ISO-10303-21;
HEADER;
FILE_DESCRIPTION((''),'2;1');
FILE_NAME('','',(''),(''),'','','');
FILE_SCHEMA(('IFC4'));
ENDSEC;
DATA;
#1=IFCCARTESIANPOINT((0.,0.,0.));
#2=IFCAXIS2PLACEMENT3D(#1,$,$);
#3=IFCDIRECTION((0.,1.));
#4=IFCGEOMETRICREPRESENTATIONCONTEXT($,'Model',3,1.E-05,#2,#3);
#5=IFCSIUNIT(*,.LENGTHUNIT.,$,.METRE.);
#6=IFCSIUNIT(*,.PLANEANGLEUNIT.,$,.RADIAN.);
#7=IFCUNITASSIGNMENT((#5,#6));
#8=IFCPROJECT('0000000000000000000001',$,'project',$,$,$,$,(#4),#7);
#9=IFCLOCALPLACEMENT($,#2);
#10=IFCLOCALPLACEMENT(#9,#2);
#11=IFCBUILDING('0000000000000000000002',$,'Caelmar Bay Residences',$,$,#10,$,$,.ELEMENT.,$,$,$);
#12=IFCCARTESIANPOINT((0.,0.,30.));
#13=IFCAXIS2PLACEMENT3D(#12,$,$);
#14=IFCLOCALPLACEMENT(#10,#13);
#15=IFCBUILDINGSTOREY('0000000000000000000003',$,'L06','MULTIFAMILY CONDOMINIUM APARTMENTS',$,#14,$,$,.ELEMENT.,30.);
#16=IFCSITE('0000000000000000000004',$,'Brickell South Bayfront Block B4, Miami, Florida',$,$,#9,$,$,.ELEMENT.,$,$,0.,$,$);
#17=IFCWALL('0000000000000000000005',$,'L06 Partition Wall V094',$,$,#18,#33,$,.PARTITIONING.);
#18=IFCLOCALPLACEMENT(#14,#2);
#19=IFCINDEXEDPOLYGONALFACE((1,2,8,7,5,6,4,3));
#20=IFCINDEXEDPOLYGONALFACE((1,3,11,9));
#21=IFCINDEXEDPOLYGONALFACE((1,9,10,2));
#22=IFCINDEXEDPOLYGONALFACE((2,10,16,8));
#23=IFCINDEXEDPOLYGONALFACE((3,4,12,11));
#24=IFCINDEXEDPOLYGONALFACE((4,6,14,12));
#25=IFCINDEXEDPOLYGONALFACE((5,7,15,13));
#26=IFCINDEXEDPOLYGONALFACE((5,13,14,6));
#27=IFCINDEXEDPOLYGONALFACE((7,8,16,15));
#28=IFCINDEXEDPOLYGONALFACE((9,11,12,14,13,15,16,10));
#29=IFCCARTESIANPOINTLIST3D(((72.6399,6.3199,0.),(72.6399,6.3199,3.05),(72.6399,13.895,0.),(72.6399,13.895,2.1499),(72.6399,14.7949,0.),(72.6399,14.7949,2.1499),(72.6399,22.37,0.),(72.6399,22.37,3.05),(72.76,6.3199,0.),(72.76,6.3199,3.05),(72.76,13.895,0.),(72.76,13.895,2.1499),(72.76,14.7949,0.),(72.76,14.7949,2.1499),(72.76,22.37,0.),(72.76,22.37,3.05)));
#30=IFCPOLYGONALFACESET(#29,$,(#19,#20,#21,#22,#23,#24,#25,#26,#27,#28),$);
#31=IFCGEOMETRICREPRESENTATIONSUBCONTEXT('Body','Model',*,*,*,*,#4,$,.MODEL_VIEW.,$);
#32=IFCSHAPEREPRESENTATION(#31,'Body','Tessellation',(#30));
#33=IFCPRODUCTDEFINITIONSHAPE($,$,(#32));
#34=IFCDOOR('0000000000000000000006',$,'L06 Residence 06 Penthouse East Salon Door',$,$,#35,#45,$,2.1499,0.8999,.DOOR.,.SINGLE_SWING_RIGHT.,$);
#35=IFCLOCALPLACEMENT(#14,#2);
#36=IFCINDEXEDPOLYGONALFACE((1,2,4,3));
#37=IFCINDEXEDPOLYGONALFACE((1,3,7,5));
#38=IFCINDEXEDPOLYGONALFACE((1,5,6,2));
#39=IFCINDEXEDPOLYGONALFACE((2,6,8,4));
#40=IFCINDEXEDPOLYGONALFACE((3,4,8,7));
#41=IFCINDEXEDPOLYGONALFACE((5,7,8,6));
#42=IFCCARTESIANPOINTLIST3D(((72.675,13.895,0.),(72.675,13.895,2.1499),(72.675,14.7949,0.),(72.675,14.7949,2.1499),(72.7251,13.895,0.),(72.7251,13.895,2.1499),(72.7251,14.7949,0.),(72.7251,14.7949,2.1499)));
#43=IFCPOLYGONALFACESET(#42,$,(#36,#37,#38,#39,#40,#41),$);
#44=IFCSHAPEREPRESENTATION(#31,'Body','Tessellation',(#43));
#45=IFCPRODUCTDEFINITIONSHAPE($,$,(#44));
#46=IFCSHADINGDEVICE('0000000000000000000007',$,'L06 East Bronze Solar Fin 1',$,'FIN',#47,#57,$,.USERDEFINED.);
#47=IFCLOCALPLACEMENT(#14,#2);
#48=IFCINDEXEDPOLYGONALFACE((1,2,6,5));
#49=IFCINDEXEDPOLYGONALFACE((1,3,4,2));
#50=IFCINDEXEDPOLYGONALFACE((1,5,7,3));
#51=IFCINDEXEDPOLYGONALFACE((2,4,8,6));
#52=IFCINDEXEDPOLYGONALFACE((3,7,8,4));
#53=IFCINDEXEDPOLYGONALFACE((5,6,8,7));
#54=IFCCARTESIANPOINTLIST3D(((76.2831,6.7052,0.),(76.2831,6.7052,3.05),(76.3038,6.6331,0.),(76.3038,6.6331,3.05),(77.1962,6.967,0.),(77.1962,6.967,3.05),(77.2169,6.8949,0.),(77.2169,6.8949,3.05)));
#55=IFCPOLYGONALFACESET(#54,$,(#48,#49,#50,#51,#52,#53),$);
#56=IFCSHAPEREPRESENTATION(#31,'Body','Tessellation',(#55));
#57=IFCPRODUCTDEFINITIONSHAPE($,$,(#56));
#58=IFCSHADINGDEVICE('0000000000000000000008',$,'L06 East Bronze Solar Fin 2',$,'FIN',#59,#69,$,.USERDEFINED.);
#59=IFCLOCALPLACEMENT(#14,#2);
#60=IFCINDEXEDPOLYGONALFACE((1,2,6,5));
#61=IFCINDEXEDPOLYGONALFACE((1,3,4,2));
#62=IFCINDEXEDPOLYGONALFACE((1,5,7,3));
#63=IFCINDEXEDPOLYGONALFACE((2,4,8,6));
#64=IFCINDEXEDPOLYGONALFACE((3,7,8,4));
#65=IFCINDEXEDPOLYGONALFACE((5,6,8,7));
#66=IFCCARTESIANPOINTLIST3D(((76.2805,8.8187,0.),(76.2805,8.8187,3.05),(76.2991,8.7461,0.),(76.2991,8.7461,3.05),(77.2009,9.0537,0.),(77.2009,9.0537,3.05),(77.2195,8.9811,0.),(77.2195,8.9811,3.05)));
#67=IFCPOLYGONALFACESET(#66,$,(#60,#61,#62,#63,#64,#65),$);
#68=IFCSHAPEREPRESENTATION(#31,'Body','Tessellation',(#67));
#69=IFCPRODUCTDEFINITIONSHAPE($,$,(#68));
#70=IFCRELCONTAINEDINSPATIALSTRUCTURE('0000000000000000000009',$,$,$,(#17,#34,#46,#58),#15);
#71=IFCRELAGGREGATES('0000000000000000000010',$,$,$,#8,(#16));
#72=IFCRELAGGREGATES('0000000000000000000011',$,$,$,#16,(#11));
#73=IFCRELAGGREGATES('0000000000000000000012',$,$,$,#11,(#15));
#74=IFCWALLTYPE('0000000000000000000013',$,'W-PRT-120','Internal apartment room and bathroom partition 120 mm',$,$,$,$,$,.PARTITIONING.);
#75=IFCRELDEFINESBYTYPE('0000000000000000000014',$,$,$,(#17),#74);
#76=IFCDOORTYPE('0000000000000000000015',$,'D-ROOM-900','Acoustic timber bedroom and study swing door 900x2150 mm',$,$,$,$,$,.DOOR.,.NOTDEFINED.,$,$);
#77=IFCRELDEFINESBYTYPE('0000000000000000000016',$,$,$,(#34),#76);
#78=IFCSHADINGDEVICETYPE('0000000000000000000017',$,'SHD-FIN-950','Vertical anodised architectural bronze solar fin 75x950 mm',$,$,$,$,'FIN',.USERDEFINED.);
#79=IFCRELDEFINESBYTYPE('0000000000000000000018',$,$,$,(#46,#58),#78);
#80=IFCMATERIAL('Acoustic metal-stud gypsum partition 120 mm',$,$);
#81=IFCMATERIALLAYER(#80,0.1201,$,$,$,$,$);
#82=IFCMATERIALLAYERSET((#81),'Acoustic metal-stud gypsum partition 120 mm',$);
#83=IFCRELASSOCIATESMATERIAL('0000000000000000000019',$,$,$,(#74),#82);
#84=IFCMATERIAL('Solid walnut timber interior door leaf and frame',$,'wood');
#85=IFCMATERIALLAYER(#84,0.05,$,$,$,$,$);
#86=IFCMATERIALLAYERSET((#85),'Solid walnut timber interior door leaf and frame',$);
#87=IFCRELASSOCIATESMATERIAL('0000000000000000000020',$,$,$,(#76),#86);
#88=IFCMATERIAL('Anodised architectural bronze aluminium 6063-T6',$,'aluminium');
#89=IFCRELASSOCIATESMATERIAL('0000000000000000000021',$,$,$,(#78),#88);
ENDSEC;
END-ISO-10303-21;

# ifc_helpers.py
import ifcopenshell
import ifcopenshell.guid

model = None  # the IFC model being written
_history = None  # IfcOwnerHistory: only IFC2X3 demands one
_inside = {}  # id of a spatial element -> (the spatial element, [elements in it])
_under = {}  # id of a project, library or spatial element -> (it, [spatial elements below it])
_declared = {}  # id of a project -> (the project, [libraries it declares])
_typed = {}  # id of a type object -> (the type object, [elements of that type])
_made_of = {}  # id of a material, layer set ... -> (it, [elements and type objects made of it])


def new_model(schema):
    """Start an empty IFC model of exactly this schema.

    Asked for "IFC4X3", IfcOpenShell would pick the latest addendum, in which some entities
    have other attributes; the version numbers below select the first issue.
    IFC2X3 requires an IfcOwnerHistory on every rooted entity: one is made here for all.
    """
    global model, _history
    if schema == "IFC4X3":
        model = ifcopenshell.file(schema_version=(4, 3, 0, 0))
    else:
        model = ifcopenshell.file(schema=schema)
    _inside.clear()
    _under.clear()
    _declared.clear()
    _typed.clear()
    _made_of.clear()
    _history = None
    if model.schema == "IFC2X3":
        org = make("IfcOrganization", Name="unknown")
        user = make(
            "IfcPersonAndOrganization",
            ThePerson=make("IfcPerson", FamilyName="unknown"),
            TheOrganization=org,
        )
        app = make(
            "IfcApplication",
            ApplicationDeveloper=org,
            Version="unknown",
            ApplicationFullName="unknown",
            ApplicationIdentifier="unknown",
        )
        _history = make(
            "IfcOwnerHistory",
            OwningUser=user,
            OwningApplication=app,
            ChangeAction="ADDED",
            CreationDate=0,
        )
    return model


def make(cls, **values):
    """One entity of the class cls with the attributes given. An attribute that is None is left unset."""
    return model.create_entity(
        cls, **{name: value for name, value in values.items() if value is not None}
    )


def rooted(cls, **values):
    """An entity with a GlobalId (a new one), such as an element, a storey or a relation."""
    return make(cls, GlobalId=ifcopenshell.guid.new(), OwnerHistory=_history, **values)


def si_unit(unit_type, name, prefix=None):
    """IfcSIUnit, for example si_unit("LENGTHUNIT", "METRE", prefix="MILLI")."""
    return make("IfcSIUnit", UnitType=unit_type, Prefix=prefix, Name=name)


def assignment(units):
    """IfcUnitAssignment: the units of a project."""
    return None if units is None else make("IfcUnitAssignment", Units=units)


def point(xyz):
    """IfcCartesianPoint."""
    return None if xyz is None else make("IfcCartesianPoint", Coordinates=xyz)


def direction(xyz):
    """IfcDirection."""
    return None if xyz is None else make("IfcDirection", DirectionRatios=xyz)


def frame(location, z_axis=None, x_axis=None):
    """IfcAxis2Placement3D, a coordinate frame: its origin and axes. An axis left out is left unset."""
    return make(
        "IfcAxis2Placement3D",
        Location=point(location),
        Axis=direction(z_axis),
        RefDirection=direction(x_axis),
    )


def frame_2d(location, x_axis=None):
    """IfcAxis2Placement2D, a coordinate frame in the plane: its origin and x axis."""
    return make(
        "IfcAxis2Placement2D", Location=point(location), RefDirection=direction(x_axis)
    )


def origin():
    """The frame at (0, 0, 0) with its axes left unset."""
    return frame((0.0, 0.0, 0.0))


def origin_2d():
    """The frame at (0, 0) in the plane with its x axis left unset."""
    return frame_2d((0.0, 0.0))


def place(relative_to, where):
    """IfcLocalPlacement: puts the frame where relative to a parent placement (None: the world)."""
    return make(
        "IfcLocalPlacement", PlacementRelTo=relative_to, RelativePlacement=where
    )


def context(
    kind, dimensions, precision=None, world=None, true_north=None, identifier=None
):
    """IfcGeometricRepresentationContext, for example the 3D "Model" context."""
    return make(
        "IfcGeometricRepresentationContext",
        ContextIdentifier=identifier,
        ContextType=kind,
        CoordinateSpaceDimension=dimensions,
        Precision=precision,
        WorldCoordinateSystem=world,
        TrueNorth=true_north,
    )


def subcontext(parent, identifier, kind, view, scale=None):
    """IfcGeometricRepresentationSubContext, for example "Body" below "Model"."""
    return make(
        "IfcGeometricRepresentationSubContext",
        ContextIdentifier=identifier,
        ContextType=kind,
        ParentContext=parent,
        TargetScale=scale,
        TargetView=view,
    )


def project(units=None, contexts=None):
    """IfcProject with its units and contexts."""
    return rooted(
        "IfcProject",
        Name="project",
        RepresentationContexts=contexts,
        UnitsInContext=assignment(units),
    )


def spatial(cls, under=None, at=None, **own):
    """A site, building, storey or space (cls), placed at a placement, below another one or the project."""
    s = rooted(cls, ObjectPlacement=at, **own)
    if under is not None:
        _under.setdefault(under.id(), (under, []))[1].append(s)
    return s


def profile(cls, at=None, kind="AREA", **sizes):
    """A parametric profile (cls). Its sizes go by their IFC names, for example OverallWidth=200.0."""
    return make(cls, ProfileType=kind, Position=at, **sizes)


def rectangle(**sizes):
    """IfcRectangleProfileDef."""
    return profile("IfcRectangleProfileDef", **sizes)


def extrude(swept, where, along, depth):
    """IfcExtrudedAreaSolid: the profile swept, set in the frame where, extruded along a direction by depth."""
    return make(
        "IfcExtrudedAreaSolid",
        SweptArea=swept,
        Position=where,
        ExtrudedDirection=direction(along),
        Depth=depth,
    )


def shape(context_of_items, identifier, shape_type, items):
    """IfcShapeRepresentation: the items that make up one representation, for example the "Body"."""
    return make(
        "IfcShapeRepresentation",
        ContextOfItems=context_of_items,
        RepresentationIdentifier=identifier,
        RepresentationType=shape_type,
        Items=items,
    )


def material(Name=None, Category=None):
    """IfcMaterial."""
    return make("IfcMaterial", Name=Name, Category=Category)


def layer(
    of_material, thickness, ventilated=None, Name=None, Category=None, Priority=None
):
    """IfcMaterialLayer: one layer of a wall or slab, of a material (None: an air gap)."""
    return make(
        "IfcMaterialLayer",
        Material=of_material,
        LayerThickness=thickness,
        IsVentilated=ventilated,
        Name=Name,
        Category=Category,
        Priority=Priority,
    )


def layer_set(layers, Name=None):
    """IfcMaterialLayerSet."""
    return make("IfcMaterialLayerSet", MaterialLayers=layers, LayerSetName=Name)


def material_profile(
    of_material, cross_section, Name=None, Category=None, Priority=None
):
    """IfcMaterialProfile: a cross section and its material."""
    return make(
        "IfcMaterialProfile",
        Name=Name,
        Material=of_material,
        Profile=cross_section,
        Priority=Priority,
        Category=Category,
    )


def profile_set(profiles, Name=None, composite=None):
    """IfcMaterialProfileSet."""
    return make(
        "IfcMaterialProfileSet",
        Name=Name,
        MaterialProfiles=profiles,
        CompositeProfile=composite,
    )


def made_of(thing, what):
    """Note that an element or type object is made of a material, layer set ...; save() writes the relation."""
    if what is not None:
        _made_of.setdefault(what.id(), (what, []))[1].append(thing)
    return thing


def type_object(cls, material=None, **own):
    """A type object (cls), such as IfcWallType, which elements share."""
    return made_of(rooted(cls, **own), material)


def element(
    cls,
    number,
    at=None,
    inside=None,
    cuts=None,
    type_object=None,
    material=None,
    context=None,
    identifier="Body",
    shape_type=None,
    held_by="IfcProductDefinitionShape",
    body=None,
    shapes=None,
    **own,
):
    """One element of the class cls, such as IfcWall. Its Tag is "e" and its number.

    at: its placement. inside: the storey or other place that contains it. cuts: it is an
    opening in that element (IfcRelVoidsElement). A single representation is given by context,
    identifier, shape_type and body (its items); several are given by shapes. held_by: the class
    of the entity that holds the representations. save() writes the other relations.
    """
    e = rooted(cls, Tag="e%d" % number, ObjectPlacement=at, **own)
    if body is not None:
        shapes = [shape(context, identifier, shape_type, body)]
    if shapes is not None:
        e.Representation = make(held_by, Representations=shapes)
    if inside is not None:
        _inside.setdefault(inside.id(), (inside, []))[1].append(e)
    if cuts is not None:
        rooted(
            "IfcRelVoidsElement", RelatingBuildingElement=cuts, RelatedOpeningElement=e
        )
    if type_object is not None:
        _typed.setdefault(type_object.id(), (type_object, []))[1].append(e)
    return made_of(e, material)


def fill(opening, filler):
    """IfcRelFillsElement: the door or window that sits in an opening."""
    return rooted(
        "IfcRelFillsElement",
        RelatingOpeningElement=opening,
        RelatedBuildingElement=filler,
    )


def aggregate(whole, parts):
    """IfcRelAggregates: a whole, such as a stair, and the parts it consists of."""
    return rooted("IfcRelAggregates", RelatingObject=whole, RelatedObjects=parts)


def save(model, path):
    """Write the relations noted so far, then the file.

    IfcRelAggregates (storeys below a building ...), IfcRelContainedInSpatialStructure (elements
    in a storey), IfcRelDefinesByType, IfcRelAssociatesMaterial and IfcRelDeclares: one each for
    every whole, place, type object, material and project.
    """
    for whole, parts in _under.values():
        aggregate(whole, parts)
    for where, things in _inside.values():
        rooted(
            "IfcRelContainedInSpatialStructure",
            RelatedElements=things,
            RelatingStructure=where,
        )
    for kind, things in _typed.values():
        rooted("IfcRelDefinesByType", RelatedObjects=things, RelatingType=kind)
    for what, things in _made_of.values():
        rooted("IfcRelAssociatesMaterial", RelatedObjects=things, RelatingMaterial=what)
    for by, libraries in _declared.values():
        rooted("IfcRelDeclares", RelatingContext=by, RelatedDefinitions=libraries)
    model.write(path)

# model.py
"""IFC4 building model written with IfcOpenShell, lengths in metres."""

from ifc_helpers import new_model, si_unit, direction, frame, frame_2d, origin, origin_2d, place, context, subcontext, project, spatial, rectangle, extrude, material, layer, layer_set, material_profile, profile_set, type_object, element, fill, save


model = new_model("IFC4")

# Units and contexts
model_context = context("Model", 3, precision=1e-05, world=origin(), true_north=direction((0.0, 1.0)))
body_context = subcontext(model_context, "Body", "Model", "MODEL_VIEW")
ifc_project = project(units=[si_unit("LENGTHUNIT", "METRE"), si_unit("PLANEANGLEUNIT", "RADIAN")], contexts=[model_context])

# Site, building, storey
site_placement = place(None, origin())
site = spatial("IfcSite", under=ifc_project, at=site_placement, Name="Brickell South Bayfront Block B4, Miami, Florida", CompositionType="ELEMENT", RefElevation=0.0)
building_placement = place(site_placement, origin())
building = spatial("IfcBuilding", under=site, at=building_placement, Name="Caelmar Bay Residences", CompositionType="ELEMENT")
storey_placement = place(building_placement, frame((0.0, 0.0, 30.0)))
storey = spatial("IfcBuildingStorey", under=building, at=storey_placement, Name="L06", Description="MULTIFAMILY CONDOMINIUM APARTMENTS", CompositionType="ELEMENT", Elevation=30.0)

# Wall, opening, door
ifc_material_1 = material(Name="Acoustic metal-stud gypsum partition 120 mm")
ifc_layer_1 = layer(ifc_material_1, 0.1201)
ifc_layer_set_1 = layer_set([ifc_layer_1], Name="Acoustic metal-stud gypsum partition 120 mm")
wall_type_1 = type_object("IfcWallType", Name="W-PRT-120", Description="Internal apartment room and bathroom partition 120 mm", PredefinedType="PARTITIONING", material=ifc_layer_set_1)
wall_1_placement = place(storey_placement, frame((72.7, 6.3201, 0.0), z_axis=(0.0, 0.0, 1.0), x_axis=(0.0, 1.0, 0.0)))
wall_1 = element("IfcWall", 1, at=wall_1_placement, inside=storey, type_object=wall_type_1, Name="L06 Partition Wall V094", PredefinedType="PARTITIONING", context=body_context, shape_type="SweptSolid", body=[
    extrude(rectangle(XDim=16.05, YDim=0.1201, at=frame_2d((8.0249, 0.0))), origin(), (0.0, 0.0, 1.0), 3.05),
])
opening_placement = place(wall_1_placement, frame((7.575, 0.0, 0.0)))
opening = element("IfcOpeningElement", 2, at=opening_placement, cuts=wall_1, PredefinedType="OPENING", context=body_context, shape_type="SweptSolid", body=[
    extrude(rectangle(XDim=0.8999, YDim=2.1499, at=frame_2d((0.45, 1.075))), frame((0.0, 0.0701, 0.0), z_axis=(0.0, -1.0, 0.0), x_axis=(1.0, 0.0, 0.0)), (0.0, 0.0, 1.0), 0.1401),
])
ifc_material_2 = material(Name="Solid walnut timber interior door leaf and frame", Category="wood")
ifc_layer_2 = layer(ifc_material_2, 0.05)
ifc_layer_set_2 = layer_set([ifc_layer_2], Name="Solid walnut timber interior door leaf and frame")
door_type = type_object("IfcDoorType", Name="D-ROOM-900", Description="Acoustic timber bedroom and study swing door 900x2150 mm", OperationType="NOTDEFINED", PredefinedType="DOOR", material=ifc_layer_set_2)
door_placement = place(opening_placement, origin())
door = element("IfcDoor", 3, at=door_placement, inside=storey, type_object=door_type, Name="L06 Residence 06 Penthouse East Salon Door", OperationType="SINGLE_SWING_RIGHT", OverallHeight=2.1499, OverallWidth=0.8999, PredefinedType="DOOR", context=body_context, shape_type="SweptSolid", body=[
    extrude(rectangle(XDim=0.8999, YDim=2.1499, at=frame_2d((0.45, 1.075))), frame((0.0, 0.0249, 0.0), z_axis=(0.0, -1.0, 0.0), x_axis=(1.0, 0.0, 0.0)), (0.0, 0.0, 1.0), 0.05),
])
fill(opening, door)

# Shading devices
ifc_material_3 = material(Name="Anodised architectural bronze aluminium 6063-T6", Category="aluminium")
ifc_material_profile_1 = material_profile(ifc_material_3, rectangle(XDim=0.075, YDim=0.95, at=origin_2d()), Name="BRONZE-FIN-75X950")
ifc_profile_set_1 = profile_set([ifc_material_profile_1], Name="Anodised architectural bronze aluminium 6063-T6")
shading_device_type = type_object("IfcShadingDeviceType", Name="SHD-FIN-950", Description="Vertical anodised architectural bronze solar fin 75x950 mm", ElementType="FIN", PredefinedType="USERDEFINED", material=ifc_profile_set_1)
for number, where, z_axis, x_axis, name in (
    (4, (76.75, 6.8, 0.0), (0.0, 0.0, 1.0), (-0.275637, 0.961262, 0.0), "L06 East Bronze Solar Fin 1"),
    (5, (76.75, 8.8999, 0.0), (0.0, 0.0, 1.0), (-0.247337, 0.968929, 0.0), "L06 East Bronze Solar Fin 2"),
):
    element("IfcShadingDevice", number, at=place(storey_placement, frame(where, z_axis=z_axis, x_axis=x_axis)), inside=storey, type_object=shading_device_type, Name=name, ObjectType="FIN", PredefinedType="USERDEFINED", context=body_context, shape_type="SweptSolid", body=[
        extrude(rectangle(XDim=0.075, YDim=0.95, at=origin_2d()), origin(), (0.0, 0.0, 1.0), 3.05),
    ])

save(model, "model.ifc")
